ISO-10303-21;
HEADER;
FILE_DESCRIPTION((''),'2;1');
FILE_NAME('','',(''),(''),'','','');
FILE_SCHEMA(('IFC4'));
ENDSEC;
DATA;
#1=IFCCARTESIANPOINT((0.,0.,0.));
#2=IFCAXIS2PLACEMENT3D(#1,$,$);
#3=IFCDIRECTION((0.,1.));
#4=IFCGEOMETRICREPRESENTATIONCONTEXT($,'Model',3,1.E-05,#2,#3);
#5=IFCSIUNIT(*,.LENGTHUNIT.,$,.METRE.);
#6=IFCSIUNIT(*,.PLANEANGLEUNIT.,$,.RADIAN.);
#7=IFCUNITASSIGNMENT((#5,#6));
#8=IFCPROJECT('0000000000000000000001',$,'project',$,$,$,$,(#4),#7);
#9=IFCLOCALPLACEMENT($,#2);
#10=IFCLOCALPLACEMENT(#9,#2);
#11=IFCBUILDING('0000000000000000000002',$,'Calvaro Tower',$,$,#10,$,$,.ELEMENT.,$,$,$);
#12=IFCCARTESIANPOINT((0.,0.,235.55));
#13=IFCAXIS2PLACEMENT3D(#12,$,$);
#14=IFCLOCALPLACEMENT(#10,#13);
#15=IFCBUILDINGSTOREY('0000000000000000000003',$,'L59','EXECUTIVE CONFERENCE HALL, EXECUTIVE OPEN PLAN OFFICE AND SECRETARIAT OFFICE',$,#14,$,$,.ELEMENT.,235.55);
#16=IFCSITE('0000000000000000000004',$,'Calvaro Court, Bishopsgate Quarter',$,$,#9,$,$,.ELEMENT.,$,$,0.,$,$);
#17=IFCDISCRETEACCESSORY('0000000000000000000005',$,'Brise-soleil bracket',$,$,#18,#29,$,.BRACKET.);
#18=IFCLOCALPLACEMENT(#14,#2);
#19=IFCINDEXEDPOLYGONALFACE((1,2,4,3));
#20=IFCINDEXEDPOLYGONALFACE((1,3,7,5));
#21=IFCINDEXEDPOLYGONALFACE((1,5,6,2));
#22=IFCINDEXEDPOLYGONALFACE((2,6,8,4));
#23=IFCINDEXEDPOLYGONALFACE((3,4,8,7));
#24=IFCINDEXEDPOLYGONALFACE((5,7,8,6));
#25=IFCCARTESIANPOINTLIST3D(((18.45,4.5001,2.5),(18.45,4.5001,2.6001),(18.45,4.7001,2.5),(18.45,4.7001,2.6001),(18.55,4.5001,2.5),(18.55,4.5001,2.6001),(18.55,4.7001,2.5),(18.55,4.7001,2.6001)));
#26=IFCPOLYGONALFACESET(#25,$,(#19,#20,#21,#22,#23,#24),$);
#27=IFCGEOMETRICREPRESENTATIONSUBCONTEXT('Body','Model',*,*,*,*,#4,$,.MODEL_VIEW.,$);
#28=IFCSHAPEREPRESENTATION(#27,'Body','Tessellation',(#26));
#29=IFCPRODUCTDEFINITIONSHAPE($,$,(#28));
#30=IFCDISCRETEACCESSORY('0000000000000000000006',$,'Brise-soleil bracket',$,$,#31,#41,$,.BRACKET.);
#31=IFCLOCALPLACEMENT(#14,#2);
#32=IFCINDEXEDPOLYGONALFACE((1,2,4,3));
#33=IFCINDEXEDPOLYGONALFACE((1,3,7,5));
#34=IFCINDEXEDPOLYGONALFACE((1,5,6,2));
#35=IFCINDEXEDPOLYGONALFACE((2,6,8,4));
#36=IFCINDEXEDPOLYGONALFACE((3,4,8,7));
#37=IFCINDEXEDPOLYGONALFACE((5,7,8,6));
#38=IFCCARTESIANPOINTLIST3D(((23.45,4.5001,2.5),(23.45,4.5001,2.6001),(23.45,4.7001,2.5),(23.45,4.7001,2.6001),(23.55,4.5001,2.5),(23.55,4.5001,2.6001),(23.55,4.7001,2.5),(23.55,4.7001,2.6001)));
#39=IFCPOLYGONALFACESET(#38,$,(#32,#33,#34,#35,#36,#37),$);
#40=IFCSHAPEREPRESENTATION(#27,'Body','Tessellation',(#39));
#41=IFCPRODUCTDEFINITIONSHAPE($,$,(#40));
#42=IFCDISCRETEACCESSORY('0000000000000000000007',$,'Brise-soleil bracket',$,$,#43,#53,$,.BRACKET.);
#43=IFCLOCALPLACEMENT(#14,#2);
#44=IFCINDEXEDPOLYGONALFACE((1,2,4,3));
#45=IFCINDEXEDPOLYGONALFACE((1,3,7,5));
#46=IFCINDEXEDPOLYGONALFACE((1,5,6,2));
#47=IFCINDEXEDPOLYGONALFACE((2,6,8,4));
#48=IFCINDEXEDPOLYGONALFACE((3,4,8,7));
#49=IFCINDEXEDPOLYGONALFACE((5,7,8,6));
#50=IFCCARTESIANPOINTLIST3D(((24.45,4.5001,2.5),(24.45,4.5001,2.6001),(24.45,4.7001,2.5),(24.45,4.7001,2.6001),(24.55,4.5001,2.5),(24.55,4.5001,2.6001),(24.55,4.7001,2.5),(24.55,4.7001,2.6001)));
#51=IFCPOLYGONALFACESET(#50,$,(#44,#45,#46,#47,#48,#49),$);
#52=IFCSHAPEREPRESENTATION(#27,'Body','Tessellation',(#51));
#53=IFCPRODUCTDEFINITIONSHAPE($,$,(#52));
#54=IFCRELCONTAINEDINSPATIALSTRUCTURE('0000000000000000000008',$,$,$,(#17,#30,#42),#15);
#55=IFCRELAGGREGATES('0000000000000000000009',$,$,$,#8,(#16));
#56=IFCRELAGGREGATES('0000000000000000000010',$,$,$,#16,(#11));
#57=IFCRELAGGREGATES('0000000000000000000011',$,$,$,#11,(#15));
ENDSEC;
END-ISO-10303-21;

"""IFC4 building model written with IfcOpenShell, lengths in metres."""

from ifc_helpers import new_model, si_unit, direction, frame, origin, origin_2d, place, context, subcontext, project, spatial, rectangle, extrude, element, save


model = new_model("IFC4")

# Units and contexts
model_context = context("Model", 3, precision=1e-05, world=origin(), true_north=direction((0.0, 1.0)))
body_context = subcontext(model_context, "Body", "Model", "MODEL_VIEW")
ifc_project = project(units=[si_unit("LENGTHUNIT", "METRE"), si_unit("PLANEANGLEUNIT", "RADIAN")], contexts=[model_context])

# Site, building, storey
site_placement = place(None, origin())
site = spatial("IfcSite", under=ifc_project, at=site_placement, Name="Calvaro Court, Bishopsgate Quarter", CompositionType="ELEMENT", RefElevation=0.0)
building_placement = place(site_placement, origin())
building = spatial("IfcBuilding", under=site, at=building_placement, Name="Calvaro Tower", CompositionType="ELEMENT")
storey_placement = place(building_placement, frame((0.0, 0.0, 235.55)))
storey = spatial("IfcBuildingStorey", under=building, at=storey_placement, Name="L59", Description="EXECUTIVE CONFERENCE HALL, EXECUTIVE OPEN PLAN OFFICE AND SECRETARIAT OFFICE", CompositionType="ELEMENT", Elevation=235.55)

# Discrete accessories
for number, where, z_axis, x_axis, name in (
    (1, (18.5, 4.6001, 2.5), (0.0, 0.0, 1.0), (1.0, 0.0, 0.0), "Brise-soleil bracket"),
    (2, (23.5, 4.6001, 2.5), (0.0, 0.0, 1.0), (1.0, 0.0, 0.0), "Brise-soleil bracket"),
    (3, (24.5, 4.6001, 2.5), (0.0, 0.0, 1.0), (1.0, 0.0, 0.0), "Brise-soleil bracket"),
):
    element("IfcDiscreteAccessory", number, at=place(storey_placement, frame(where, z_axis=z_axis, x_axis=x_axis)), inside=storey, Name=name, PredefinedType="BRACKET", context=body_context, shape_type="SweptSolid", body=[
        extrude(rectangle(XDim=0.1001, YDim=0.2, at=origin_2d()), origin(), (0.0, 0.0, 1.0), 0.1001),
    ])

save(model, "model.ifc")
